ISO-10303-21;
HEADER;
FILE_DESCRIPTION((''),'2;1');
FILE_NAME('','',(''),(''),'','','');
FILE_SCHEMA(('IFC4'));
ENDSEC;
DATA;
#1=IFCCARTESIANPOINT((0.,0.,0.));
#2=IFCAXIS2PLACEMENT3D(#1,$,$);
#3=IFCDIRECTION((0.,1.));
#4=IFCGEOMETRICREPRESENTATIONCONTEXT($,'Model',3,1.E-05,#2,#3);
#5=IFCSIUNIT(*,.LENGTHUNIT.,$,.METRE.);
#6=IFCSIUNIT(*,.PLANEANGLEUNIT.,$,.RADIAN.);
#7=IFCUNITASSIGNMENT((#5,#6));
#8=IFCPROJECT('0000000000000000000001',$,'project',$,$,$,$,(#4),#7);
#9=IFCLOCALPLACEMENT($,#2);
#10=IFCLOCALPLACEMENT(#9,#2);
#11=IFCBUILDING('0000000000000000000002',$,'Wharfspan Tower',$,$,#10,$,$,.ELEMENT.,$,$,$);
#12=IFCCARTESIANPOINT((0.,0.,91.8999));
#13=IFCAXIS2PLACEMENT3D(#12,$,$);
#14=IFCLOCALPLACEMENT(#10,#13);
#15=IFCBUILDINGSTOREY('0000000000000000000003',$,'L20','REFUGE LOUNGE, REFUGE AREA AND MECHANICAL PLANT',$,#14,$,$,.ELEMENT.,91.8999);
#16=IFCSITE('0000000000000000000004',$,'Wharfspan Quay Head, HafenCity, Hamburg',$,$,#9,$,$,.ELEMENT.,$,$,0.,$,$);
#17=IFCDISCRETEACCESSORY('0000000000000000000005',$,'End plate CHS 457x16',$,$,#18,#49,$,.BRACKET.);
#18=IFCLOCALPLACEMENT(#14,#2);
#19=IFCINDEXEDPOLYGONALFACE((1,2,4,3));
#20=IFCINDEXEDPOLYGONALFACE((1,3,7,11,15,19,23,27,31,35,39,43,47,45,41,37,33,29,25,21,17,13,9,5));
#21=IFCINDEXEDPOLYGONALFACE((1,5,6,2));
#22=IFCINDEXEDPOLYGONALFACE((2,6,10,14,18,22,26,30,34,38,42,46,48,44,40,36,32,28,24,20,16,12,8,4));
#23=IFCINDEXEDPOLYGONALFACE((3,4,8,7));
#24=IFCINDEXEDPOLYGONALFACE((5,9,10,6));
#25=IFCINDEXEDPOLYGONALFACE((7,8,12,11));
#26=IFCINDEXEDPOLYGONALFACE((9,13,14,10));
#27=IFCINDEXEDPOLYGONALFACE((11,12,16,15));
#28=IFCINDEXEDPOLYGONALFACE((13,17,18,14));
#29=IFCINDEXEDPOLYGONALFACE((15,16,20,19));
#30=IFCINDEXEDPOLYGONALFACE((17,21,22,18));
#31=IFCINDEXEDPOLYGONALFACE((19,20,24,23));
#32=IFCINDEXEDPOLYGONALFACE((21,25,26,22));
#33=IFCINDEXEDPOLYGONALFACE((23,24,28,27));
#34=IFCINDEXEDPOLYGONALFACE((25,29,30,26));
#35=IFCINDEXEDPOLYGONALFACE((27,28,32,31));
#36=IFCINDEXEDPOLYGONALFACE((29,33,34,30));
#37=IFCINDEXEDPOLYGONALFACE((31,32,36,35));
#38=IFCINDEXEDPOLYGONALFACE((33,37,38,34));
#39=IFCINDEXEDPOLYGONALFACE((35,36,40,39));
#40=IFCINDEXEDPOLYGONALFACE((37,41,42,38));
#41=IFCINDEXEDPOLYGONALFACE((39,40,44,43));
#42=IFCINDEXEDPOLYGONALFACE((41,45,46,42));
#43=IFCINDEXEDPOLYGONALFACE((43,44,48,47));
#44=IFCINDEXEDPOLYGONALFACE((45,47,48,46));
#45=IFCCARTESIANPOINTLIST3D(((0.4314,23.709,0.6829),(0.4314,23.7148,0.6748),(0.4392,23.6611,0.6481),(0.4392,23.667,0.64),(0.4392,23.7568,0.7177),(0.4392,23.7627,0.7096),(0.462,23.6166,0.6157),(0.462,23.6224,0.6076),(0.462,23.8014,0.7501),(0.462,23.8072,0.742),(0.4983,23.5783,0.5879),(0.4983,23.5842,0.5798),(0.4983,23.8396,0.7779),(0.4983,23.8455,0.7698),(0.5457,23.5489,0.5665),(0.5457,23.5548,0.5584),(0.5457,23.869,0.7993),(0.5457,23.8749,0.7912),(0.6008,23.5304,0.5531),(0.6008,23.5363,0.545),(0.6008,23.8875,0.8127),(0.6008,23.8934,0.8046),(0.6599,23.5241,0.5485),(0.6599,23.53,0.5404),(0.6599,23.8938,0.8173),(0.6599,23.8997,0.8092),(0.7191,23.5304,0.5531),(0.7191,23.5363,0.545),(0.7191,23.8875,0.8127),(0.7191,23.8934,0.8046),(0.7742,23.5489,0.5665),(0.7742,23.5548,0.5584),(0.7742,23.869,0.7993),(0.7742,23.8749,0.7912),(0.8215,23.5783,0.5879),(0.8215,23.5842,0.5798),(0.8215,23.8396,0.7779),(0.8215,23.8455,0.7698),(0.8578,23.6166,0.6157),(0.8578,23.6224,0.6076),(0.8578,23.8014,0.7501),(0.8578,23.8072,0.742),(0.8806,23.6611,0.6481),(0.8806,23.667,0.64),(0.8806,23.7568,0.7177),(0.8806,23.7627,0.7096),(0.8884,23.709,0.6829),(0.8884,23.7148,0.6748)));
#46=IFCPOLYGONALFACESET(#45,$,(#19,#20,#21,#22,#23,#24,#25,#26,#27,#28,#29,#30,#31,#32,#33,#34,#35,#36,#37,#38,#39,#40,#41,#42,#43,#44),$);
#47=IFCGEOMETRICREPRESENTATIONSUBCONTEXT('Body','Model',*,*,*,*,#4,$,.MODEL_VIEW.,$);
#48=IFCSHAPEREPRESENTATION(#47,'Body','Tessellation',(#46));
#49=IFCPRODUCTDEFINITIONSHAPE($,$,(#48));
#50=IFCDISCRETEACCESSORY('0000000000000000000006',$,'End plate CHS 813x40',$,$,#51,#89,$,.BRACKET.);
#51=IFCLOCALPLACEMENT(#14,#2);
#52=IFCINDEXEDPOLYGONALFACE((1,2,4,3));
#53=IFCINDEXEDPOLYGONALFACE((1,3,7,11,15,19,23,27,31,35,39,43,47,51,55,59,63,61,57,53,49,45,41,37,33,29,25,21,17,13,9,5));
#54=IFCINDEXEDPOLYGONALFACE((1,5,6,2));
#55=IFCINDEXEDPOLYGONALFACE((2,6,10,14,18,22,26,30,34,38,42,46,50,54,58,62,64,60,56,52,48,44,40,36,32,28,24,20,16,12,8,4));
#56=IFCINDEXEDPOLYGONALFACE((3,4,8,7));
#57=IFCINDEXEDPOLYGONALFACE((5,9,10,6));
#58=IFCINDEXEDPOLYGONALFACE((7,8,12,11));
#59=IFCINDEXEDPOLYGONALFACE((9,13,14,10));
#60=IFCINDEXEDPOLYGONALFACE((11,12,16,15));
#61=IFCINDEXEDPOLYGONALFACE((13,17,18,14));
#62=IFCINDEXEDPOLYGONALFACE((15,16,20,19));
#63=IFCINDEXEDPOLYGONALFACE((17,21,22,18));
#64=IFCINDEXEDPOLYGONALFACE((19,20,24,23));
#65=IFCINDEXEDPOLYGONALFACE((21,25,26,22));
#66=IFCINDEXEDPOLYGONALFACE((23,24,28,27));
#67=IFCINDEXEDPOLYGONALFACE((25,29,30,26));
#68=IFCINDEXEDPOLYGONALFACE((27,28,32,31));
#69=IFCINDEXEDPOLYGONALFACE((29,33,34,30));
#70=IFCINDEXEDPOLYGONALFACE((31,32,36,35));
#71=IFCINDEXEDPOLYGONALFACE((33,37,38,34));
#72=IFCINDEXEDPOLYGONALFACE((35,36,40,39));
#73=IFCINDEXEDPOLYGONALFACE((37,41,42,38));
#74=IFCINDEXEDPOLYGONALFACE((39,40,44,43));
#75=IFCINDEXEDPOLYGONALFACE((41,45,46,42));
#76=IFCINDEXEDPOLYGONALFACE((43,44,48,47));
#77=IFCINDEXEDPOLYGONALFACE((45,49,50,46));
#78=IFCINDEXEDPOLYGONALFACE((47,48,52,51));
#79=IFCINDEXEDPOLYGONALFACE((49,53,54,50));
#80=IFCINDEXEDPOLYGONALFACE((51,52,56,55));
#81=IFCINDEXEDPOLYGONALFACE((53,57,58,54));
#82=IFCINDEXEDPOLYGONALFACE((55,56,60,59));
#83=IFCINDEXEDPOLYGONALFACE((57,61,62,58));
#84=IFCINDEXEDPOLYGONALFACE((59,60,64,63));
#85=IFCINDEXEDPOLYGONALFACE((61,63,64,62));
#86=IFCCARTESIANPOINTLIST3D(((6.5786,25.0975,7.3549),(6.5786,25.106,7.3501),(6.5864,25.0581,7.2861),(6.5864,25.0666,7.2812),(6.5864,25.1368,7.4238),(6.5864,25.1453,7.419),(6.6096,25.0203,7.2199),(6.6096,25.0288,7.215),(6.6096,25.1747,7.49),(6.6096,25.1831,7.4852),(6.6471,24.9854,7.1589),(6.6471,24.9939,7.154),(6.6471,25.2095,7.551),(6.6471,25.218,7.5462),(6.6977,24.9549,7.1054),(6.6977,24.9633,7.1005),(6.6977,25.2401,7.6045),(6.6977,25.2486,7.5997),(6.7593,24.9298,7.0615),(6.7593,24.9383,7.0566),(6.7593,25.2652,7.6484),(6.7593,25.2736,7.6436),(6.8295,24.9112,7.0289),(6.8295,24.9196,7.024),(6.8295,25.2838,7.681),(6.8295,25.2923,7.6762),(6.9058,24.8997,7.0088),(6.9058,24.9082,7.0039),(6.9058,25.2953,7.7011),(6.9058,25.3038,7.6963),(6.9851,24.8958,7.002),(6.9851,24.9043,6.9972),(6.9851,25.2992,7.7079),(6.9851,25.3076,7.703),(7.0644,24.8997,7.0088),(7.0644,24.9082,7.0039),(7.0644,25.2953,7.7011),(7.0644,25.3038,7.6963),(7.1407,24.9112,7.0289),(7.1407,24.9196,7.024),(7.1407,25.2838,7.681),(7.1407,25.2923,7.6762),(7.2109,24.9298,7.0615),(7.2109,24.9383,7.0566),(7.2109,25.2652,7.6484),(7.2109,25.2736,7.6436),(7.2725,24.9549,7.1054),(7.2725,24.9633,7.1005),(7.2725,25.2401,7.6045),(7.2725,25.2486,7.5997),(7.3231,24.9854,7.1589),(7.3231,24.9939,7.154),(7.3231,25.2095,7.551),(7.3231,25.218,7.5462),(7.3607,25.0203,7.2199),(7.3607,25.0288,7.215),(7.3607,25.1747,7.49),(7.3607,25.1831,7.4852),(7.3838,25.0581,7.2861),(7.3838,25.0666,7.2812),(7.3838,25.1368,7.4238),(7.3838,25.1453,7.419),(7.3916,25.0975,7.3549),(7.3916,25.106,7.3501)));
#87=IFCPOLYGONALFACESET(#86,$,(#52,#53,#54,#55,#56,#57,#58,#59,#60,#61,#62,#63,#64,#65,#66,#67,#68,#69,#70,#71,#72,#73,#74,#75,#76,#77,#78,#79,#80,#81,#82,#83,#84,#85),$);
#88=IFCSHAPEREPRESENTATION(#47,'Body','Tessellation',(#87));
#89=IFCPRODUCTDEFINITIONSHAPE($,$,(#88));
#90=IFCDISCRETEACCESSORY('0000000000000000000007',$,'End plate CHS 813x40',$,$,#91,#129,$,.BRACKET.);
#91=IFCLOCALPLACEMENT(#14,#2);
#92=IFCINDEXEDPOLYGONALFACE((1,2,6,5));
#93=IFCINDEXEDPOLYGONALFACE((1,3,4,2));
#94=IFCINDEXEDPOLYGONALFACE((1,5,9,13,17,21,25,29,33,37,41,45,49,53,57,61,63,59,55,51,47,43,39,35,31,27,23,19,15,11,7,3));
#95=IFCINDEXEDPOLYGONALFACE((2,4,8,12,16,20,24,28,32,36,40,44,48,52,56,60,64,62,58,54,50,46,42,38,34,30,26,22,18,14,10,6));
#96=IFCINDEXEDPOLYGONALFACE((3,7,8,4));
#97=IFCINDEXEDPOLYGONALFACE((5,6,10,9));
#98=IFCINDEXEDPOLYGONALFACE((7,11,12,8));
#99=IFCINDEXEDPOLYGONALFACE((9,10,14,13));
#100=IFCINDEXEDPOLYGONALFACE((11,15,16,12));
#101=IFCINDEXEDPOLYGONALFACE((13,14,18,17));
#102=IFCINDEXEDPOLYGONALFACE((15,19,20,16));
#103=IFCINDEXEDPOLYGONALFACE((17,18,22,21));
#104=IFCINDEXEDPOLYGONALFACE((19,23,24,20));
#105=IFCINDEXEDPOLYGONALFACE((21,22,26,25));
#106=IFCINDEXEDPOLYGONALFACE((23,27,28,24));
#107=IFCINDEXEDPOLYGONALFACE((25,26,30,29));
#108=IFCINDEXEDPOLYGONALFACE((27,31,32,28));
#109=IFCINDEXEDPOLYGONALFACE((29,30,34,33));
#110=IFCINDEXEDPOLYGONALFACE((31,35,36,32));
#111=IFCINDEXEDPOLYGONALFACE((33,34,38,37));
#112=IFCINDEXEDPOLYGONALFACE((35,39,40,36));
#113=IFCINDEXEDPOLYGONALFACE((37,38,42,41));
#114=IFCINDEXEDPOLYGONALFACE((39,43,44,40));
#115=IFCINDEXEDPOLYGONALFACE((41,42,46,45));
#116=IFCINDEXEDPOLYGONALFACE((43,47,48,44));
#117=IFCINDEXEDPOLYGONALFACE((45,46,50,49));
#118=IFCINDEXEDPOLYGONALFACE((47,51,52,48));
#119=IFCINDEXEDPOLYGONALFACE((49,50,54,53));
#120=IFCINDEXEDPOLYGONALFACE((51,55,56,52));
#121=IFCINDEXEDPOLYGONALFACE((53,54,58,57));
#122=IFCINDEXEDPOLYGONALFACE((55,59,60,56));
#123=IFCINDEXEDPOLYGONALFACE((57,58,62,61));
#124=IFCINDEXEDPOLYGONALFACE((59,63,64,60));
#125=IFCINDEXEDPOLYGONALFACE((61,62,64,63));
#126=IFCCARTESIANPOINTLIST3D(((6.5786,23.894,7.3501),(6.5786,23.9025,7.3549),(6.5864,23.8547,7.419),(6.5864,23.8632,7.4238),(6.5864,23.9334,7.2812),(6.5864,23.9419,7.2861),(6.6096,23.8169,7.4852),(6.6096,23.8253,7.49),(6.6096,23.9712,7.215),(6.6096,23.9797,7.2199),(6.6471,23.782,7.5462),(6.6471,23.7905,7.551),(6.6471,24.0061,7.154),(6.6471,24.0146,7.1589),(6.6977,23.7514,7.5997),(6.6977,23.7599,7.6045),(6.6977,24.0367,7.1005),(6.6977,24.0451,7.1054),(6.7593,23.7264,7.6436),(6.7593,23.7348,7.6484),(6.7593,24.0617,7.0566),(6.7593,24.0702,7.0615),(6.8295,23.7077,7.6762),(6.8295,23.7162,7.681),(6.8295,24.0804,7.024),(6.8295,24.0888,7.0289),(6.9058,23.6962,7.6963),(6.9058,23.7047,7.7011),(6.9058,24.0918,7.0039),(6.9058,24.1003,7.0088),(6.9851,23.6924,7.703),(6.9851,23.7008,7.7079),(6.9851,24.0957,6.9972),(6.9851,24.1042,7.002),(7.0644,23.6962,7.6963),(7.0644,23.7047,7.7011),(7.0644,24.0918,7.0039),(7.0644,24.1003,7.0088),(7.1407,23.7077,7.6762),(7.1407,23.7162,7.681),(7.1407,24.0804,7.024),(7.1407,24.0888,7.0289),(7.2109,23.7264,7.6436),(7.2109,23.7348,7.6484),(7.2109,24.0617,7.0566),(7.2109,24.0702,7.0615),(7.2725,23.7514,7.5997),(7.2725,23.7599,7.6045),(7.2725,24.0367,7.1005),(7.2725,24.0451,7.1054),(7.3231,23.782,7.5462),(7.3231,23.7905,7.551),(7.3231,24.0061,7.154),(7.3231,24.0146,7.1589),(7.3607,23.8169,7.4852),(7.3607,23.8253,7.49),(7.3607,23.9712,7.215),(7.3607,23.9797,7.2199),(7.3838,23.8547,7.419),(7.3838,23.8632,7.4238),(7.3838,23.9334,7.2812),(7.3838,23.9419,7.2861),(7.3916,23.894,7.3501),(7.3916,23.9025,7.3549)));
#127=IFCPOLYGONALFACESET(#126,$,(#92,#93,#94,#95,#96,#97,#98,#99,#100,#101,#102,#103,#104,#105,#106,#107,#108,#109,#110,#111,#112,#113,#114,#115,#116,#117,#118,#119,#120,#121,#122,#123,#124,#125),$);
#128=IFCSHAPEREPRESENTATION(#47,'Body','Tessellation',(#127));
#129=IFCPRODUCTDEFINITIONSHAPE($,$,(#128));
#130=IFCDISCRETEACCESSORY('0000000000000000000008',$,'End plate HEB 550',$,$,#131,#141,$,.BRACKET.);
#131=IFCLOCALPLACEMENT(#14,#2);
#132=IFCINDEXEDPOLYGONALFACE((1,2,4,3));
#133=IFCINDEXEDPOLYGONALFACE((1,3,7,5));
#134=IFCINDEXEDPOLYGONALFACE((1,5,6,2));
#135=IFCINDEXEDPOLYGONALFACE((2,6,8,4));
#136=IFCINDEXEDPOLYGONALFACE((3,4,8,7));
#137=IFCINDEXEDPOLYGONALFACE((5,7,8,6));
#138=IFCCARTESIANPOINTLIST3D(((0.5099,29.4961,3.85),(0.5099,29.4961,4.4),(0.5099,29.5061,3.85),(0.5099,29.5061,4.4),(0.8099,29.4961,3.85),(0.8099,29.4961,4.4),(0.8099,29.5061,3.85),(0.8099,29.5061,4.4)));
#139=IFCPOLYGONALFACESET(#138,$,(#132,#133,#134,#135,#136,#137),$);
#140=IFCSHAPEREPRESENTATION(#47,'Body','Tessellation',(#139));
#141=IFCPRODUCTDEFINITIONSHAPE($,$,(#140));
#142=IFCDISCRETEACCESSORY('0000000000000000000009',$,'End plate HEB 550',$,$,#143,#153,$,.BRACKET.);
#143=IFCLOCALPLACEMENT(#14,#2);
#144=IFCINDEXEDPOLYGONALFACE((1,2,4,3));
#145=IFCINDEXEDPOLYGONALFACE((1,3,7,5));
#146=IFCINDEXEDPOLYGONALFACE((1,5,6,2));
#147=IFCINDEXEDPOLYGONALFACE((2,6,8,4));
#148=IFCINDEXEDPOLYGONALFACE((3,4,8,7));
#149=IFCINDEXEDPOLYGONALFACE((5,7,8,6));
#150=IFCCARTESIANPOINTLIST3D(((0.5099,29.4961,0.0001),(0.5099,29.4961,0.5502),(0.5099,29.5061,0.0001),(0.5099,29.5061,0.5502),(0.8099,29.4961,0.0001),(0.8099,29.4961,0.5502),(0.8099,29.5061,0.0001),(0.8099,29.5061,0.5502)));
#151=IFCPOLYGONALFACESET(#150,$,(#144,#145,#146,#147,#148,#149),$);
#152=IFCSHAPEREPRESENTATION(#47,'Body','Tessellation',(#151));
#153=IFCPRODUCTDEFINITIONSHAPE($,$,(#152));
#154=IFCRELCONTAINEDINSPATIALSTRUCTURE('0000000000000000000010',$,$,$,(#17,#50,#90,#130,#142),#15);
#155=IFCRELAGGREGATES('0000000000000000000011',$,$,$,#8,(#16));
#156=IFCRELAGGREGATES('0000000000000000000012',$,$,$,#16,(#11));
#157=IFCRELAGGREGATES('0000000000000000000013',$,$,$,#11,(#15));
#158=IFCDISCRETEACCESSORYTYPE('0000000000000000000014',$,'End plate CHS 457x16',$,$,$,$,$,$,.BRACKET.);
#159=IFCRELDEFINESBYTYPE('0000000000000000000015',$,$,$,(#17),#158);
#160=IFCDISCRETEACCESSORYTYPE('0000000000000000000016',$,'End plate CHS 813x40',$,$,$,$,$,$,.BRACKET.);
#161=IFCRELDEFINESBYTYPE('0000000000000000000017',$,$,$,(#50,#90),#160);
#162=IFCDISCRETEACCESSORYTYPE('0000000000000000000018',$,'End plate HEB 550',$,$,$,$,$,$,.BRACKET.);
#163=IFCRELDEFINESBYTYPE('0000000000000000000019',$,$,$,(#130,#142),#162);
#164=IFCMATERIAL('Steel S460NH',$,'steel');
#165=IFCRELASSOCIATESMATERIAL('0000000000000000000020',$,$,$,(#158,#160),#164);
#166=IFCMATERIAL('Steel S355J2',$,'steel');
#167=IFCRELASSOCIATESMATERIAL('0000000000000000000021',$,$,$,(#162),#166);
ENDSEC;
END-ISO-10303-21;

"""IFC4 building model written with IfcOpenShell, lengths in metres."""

from ifc_helpers import new_model, si_unit, direction, frame, origin, origin_2d, place, context, subcontext, project, spatial, rectangle, circle, extrude, material, material_profile, profile_set, type_object, element, save


model = new_model("IFC4")

# Units and contexts
model_context = context("Model", 3, precision=1e-05, world=origin(), true_north=direction((0.0, 1.0)))
body_context = subcontext(model_context, "Body", "Model", "MODEL_VIEW")
ifc_project = project(units=[si_unit("LENGTHUNIT", "METRE"), si_unit("PLANEANGLEUNIT", "RADIAN")], contexts=[model_context])

# Site, building, storey
site_placement = place(None, origin())
site = spatial("IfcSite", under=ifc_project, at=site_placement, Name="Wharfspan Quay Head, HafenCity, Hamburg", CompositionType="ELEMENT", RefElevation=0.0)
building_placement = place(site_placement, origin())
building = spatial("IfcBuilding", under=site, at=building_placement, Name="Wharfspan Tower", CompositionType="ELEMENT")
storey_placement = place(building_placement, frame((0.0, 0.0, 91.8999)))
storey = spatial("IfcBuildingStorey", under=building, at=storey_placement, Name="L20", Description="REFUGE LOUNGE, REFUGE AREA AND MECHANICAL PLANT", CompositionType="ELEMENT", Elevation=91.8999)

# Shared definitions
ifc_material_1 = material(Name="Steel S355J2", Category="steel")

# Shared definitions
ifc_material_2 = material(Name="Steel S460NH", Category="steel")

# Discrete accessories
ifc_material_profile_1 = material_profile(ifc_material_2, circle(Radius=0.2285, at=origin_2d()))
ifc_profile_set_1 = profile_set([ifc_material_profile_1], Name="Steel S460NH")
discrete_accessory_type_1 = type_object("IfcDiscreteAccessoryType", Name="End plate CHS 457x16", PredefinedType="BRACKET", material=ifc_profile_set_1)
for number, where, z_axis, x_axis, name in (
    (1, (0.6599, 23.7148, 0.6748), (0.0, -0.588172, 0.808736), (1.0, 0.0, 0.0), "End plate CHS 457x16"),
):
    element("IfcDiscreteAccessory", number, at=place(storey_placement, frame(where, z_axis=z_axis, x_axis=x_axis)), inside=storey, type_object=discrete_accessory_type_1, Name=name, PredefinedType="BRACKET", context=body_context, shape_type="SweptSolid", body=[
        extrude(circle(Radius=0.2285, at=origin_2d()), origin(), (0.0, 0.0, 1.0), 0.01),
    ])
ifc_material_profile_2 = material_profile(ifc_material_2, circle(Radius=0.4065, at=origin_2d()))
ifc_profile_set_2 = profile_set([ifc_material_profile_2], Name="Steel S460NH")
discrete_accessory_type_2 = type_object("IfcDiscreteAccessoryType", Name="End plate CHS 813x40", PredefinedType="BRACKET", material=ifc_profile_set_2)
for number, where, z_axis, x_axis, name in (
    (2, (6.9851, 25.106, 7.3501), (0.0, -0.868243, 0.496139), (1.0, 0.0, 0.0), "End plate CHS 813x40"),
    (3, (6.9851, 23.894, 7.3501), (0.0, 0.868243, 0.496139), (-1.0, 0.0, 0.0), "End plate CHS 813x40"),
):
    element("IfcDiscreteAccessory", number, at=place(storey_placement, frame(where, z_axis=z_axis, x_axis=x_axis)), inside=storey, type_object=discrete_accessory_type_2, Name=name, PredefinedType="BRACKET", context=body_context, shape_type="SweptSolid", body=[
        extrude(circle(Radius=0.4065, at=origin_2d()), origin(), (0.0, 0.0, 1.0), 0.0098),
    ])
ifc_material_profile_3 = material_profile(ifc_material_1, rectangle(XDim=0.3, YDim=0.55, at=origin_2d()))
ifc_profile_set_3 = profile_set([ifc_material_profile_3], Name="Steel S355J2")
discrete_accessory_type_3 = type_object("IfcDiscreteAccessoryType", Name="End plate HEB 550", PredefinedType="BRACKET", material=ifc_profile_set_3)
for number, where, z_axis, x_axis, name in (
    (4, (0.6599, 29.5061, 4.125), (0.0, -1.0, 0.0), (1.0, 0.0, 0.0), "End plate HEB 550"),
    (5, (0.6599, 29.5061, 0.2751), (0.0, -1.0, 0.0), (1.0, 0.0, 0.0), "End plate HEB 550"),
):
    element("IfcDiscreteAccessory", number, at=place(storey_placement, frame(where, z_axis=z_axis, x_axis=x_axis)), inside=storey, type_object=discrete_accessory_type_3, Name=name, PredefinedType="BRACKET", context=body_context, shape_type="SweptSolid", body=[
        extrude(rectangle(XDim=0.3, YDim=0.55, at=origin_2d()), origin(), (0.0, 0.0, 1.0), 0.01),
    ])

save(model, "model.ifc")
